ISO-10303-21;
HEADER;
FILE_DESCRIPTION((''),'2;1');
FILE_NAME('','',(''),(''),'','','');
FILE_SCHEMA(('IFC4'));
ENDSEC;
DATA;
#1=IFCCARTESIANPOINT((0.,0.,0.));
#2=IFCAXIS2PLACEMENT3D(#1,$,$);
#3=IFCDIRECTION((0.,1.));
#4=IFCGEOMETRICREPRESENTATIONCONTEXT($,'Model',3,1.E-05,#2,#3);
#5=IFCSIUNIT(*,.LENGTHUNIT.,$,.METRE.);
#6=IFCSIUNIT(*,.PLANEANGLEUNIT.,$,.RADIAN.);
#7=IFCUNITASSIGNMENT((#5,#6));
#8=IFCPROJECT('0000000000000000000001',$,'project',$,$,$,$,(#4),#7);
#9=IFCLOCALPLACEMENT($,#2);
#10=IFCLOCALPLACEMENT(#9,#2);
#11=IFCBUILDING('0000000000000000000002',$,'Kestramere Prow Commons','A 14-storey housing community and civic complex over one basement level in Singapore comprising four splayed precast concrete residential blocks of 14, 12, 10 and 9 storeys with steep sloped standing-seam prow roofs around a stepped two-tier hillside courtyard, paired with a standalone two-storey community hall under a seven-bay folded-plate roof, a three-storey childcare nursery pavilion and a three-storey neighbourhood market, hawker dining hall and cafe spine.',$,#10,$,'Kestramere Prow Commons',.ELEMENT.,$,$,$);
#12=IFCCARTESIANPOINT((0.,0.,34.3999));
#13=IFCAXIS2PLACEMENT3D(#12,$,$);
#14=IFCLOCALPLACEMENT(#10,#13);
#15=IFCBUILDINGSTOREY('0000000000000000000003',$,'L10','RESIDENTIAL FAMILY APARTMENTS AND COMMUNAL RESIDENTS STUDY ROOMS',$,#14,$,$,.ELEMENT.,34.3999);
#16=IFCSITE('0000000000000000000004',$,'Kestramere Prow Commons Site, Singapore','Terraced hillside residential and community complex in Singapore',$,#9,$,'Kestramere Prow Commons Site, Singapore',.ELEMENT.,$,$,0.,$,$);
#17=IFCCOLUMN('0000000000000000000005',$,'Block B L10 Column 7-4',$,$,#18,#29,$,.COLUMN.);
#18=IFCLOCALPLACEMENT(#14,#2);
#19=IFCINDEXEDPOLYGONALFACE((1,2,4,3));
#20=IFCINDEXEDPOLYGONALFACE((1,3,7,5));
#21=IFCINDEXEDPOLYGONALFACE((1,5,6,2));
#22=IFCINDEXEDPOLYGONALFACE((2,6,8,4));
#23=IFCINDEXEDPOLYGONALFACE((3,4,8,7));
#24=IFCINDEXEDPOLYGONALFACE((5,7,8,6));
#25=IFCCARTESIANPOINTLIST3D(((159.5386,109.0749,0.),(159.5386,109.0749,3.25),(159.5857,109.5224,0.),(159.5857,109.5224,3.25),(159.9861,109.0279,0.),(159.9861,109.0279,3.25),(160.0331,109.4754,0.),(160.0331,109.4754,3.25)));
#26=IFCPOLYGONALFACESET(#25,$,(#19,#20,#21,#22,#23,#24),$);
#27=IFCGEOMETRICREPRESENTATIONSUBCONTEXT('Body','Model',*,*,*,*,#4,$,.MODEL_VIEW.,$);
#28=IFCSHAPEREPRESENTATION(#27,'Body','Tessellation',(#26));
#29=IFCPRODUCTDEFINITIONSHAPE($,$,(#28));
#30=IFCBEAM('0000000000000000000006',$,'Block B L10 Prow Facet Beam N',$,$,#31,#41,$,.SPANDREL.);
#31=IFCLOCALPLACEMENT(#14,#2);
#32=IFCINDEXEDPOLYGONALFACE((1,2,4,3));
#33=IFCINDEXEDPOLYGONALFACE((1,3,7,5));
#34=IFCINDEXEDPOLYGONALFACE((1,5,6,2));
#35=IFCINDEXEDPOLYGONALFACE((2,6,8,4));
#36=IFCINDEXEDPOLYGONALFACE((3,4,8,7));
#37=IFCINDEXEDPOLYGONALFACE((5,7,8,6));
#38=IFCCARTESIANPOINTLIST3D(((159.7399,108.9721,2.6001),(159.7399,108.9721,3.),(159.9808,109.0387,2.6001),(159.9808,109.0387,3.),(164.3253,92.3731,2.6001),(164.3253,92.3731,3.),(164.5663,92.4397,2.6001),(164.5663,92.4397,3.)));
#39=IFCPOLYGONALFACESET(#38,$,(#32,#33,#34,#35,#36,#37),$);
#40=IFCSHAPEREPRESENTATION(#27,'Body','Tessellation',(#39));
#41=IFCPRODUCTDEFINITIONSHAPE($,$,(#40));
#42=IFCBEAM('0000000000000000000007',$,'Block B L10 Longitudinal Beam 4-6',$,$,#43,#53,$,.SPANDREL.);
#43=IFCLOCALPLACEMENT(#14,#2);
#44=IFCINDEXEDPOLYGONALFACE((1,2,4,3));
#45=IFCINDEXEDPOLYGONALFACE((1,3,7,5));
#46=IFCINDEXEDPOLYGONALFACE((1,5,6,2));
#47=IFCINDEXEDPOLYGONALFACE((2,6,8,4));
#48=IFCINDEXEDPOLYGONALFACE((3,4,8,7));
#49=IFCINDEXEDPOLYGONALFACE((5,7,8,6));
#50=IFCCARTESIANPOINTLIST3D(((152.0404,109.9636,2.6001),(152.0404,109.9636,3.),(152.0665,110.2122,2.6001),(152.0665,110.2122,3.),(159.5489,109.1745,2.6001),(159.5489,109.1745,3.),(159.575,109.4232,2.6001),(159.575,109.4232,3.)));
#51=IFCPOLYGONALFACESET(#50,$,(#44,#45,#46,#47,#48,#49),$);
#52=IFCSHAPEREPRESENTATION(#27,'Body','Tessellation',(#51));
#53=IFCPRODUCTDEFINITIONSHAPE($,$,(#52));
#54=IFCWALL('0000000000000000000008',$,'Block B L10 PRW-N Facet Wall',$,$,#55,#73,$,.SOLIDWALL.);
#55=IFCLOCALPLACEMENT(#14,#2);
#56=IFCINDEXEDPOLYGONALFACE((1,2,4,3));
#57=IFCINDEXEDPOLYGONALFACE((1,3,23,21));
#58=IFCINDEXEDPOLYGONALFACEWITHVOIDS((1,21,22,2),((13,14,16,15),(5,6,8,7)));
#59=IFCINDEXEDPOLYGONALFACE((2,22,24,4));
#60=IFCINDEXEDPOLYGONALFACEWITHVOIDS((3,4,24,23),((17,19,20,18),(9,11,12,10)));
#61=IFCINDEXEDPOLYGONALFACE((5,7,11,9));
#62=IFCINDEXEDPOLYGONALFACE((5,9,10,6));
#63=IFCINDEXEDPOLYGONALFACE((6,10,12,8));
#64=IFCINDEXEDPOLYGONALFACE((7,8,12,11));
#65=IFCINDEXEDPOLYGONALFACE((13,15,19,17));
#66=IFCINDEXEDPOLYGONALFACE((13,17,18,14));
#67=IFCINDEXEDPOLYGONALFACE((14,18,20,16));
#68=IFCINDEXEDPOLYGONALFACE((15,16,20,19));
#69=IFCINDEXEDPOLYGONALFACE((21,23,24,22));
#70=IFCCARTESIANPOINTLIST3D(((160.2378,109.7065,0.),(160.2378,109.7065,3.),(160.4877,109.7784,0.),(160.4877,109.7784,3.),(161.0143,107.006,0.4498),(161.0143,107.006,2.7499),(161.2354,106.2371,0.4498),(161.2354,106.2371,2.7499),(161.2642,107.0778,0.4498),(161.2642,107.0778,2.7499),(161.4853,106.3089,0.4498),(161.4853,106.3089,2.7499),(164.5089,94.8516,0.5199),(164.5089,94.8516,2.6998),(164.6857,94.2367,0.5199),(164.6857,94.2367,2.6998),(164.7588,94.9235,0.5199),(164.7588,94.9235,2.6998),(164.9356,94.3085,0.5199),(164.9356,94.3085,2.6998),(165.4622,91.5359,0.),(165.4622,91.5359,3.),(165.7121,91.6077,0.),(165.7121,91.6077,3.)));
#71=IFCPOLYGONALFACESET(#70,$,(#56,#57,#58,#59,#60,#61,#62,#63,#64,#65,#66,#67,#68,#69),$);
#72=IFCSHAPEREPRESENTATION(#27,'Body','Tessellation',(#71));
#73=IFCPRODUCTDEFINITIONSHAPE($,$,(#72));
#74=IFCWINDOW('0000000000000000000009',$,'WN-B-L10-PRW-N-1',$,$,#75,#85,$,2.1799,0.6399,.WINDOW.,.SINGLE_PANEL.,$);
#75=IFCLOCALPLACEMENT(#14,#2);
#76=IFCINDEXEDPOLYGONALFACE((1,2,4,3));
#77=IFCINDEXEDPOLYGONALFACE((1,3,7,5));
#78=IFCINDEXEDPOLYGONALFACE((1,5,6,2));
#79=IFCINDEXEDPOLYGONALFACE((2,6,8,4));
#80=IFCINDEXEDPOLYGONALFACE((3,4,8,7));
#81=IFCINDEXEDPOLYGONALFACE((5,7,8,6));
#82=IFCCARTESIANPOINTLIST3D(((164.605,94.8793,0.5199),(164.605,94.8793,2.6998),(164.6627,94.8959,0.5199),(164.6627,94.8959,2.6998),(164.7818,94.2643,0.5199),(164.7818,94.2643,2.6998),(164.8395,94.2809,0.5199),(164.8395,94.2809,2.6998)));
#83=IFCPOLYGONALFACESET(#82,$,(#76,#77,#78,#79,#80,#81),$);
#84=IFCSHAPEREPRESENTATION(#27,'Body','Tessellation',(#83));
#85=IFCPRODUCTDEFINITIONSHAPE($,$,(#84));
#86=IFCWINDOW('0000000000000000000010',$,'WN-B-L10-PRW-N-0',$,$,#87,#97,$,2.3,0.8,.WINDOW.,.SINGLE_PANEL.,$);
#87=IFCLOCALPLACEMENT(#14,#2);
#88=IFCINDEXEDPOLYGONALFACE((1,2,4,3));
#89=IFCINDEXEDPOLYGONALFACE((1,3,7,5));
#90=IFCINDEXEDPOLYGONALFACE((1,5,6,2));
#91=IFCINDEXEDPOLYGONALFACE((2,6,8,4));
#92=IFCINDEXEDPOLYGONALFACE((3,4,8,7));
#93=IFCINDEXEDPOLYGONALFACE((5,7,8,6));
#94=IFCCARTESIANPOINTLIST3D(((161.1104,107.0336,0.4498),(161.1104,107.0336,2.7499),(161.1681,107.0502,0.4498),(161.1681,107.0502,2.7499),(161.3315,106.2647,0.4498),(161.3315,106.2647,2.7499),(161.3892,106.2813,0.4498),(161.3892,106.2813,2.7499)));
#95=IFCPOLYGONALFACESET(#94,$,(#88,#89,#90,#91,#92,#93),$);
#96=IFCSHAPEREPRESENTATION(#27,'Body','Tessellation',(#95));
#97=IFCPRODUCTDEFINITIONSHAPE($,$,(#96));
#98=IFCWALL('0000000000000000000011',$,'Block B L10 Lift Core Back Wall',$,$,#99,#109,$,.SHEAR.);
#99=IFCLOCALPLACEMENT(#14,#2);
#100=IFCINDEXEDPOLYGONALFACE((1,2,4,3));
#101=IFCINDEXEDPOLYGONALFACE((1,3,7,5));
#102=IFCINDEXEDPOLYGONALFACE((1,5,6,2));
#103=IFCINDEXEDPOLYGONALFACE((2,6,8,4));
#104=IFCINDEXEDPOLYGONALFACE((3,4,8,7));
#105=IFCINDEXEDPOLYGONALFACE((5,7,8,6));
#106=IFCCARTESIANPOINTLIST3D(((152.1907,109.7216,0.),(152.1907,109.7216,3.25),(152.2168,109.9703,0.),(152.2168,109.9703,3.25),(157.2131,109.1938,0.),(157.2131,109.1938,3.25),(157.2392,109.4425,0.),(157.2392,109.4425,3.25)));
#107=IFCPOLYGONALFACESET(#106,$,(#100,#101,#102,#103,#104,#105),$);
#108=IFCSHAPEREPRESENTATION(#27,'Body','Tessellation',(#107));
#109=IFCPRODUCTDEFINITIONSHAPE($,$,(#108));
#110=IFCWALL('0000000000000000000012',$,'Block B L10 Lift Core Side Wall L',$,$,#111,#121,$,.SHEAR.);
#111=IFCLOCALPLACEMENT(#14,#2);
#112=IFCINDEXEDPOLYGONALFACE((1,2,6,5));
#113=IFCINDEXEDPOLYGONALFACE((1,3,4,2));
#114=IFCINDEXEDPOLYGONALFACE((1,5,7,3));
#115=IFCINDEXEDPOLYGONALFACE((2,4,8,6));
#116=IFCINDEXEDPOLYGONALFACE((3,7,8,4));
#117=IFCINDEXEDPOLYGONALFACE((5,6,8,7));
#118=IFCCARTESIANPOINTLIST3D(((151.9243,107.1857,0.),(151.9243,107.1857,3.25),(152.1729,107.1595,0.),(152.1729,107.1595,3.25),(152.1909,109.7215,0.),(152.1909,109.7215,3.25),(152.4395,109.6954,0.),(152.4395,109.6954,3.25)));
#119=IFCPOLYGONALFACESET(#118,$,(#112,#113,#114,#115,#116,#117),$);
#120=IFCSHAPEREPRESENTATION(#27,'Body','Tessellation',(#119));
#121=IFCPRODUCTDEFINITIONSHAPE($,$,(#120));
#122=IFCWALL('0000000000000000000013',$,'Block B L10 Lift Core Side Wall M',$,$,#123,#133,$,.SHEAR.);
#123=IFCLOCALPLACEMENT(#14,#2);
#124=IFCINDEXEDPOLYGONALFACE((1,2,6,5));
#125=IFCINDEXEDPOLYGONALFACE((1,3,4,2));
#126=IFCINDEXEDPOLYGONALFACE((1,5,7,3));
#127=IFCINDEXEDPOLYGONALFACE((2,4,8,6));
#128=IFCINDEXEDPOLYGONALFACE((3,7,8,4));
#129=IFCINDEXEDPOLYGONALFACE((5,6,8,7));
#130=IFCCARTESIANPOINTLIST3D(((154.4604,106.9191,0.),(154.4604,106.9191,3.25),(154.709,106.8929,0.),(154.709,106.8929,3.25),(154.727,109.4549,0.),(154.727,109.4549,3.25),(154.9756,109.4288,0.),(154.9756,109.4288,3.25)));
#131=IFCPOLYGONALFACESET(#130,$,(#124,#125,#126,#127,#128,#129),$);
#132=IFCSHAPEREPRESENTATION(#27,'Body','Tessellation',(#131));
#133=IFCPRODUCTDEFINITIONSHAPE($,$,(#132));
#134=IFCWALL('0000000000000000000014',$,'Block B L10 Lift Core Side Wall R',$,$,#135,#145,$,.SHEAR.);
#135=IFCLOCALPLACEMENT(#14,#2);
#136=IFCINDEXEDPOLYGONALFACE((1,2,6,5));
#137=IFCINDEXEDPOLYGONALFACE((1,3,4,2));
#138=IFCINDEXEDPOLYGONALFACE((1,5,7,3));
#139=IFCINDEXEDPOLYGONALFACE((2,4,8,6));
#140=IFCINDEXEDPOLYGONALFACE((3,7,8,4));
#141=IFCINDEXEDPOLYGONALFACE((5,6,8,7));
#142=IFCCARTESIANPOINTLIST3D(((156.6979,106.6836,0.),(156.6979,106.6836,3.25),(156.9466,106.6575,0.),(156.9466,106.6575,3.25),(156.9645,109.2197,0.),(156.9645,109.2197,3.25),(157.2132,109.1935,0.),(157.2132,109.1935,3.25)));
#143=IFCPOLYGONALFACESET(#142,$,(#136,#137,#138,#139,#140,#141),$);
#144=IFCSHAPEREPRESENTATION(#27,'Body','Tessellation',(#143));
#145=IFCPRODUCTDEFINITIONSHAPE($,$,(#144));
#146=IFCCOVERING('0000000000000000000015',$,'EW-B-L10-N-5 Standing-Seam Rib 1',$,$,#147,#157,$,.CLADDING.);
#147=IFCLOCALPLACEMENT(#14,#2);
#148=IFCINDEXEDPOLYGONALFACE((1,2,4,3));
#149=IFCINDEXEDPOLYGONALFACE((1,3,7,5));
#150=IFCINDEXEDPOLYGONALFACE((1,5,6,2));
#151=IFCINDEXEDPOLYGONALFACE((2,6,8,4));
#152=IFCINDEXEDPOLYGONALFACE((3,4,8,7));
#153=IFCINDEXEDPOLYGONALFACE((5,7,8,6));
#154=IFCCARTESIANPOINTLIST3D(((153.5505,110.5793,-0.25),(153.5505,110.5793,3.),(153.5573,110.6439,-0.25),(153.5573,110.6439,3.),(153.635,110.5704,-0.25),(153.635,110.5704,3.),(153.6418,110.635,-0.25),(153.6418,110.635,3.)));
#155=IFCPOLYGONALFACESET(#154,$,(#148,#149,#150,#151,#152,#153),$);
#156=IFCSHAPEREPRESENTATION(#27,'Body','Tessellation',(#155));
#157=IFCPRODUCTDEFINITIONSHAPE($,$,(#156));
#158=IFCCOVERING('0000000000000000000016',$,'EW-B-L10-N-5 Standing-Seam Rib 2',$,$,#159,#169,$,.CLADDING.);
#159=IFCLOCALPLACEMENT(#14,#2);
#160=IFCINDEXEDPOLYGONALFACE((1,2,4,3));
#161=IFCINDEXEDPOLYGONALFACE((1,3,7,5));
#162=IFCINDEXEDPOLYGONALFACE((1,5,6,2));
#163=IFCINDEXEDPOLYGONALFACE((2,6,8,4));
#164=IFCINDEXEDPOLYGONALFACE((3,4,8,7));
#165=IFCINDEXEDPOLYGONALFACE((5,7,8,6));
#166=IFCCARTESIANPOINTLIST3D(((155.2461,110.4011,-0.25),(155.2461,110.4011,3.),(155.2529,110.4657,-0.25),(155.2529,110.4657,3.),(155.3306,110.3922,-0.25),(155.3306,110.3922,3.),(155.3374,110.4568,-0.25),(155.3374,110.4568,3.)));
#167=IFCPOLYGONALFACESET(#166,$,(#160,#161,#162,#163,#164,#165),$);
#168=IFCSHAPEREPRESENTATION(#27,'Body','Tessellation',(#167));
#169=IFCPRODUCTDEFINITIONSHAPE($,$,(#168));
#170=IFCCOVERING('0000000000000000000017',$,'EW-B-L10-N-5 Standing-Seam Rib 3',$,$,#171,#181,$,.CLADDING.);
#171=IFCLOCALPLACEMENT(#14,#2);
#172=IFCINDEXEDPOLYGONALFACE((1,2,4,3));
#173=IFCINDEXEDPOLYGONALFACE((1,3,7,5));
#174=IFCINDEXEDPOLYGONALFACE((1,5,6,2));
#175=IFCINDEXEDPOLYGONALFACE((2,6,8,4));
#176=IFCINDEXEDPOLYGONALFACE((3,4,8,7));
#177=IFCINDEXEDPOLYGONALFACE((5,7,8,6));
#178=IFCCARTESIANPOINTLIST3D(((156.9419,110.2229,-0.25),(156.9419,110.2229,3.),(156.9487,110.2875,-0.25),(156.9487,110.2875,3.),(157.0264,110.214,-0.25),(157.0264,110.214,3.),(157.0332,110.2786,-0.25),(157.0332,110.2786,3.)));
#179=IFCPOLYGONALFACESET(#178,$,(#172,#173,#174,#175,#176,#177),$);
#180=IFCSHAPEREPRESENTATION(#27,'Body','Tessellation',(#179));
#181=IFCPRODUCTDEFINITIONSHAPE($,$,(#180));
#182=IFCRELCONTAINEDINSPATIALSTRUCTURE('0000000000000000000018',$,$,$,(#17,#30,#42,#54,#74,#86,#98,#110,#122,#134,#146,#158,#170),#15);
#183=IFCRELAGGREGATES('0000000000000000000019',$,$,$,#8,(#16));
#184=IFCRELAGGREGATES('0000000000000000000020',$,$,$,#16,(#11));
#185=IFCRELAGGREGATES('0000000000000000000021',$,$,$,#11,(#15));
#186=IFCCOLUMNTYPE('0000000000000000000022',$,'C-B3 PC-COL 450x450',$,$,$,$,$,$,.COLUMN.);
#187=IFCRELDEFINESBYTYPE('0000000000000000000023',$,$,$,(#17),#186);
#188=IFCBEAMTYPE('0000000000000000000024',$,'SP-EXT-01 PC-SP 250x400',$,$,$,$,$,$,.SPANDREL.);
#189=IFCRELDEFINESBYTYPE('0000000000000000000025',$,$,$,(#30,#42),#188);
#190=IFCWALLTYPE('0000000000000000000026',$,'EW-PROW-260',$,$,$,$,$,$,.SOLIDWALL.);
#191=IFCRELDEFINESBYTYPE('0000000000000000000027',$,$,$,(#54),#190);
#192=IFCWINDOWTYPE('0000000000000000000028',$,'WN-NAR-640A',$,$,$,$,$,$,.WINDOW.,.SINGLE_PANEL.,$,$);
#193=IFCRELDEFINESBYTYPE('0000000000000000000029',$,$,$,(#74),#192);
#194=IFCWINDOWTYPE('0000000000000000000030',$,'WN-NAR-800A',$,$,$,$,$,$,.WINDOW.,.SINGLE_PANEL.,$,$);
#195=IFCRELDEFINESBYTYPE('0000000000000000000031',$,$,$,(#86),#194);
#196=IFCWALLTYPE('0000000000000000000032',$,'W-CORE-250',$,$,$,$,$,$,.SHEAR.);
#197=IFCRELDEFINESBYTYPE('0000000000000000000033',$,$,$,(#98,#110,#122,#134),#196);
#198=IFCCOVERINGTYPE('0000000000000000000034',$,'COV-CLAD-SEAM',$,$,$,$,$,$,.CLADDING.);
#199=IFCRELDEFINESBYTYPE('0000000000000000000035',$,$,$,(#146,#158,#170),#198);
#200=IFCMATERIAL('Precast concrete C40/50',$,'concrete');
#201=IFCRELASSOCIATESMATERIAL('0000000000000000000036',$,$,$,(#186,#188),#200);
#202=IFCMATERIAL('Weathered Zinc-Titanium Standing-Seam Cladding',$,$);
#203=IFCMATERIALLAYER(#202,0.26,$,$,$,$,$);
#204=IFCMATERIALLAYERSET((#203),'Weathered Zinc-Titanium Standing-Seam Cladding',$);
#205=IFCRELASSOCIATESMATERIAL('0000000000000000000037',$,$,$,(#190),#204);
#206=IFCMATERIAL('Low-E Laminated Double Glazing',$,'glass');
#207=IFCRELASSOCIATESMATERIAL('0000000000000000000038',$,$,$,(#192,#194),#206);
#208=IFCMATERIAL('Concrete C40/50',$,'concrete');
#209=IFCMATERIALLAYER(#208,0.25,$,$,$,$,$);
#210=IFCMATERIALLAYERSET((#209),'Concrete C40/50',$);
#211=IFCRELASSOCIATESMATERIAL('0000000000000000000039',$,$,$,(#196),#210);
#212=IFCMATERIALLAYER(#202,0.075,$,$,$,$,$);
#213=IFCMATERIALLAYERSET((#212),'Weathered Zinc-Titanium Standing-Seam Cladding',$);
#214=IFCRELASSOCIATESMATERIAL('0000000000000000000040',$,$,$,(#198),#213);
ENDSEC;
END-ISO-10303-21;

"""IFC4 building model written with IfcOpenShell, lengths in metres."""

from ifc_helpers import new_model, si_unit, direction, frame, frame_2d, origin, origin_2d, place, context, subcontext, project, spatial, rectangle, extrude, material, layer, layer_set, material_profile, profile_set, type_object, element, fill, save


model = new_model("IFC4")

# Units and contexts
model_context = context("Model", 3, precision=1e-05, world=origin(), true_north=direction((0.0, 1.0)))
body_context = subcontext(model_context, "Body", "Model", "MODEL_VIEW")
ifc_project = project(units=[si_unit("LENGTHUNIT", "METRE"), si_unit("PLANEANGLEUNIT", "RADIAN")], contexts=[model_context])

# Site, building, storey
site_placement = place(None, origin())
site = spatial("IfcSite", under=ifc_project, at=site_placement, Name="Kestramere Prow Commons Site, Singapore", Description="Terraced hillside residential and community complex in Singapore", LongName="Kestramere Prow Commons Site, Singapore", CompositionType="ELEMENT", RefElevation=0.0)
building_placement = place(site_placement, origin())
building = spatial("IfcBuilding", under=site, at=building_placement, Name="Kestramere Prow Commons", Description="A 14-storey housing community and civic complex over one basement level in Singapore comprising four splayed precast concrete residential blocks of 14, 12, 10 and 9 storeys with steep sloped standing-seam prow roofs around a stepped two-tier hillside courtyard, paired with a standalone two-storey community hall under a seven-bay folded-plate roof, a three-storey childcare nursery pavilion and a three-storey neighbourhood market, hawker dining hall and cafe spine.", LongName="Kestramere Prow Commons", CompositionType="ELEMENT")
storey_placement = place(building_placement, frame((0.0, 0.0, 34.3999)))
storey = spatial("IfcBuildingStorey", under=building, at=storey_placement, Name="L10", Description="RESIDENTIAL FAMILY APARTMENTS AND COMMUNAL RESIDENTS STUDY ROOMS", CompositionType="ELEMENT", Elevation=34.3999)

# Column
ifc_material_1 = material(Name="Precast concrete C40/50", Category="concrete")
ifc_material_profile_1 = material_profile(ifc_material_1, rectangle(XDim=0.45, YDim=0.45, at=origin_2d()), Name="PC-COL 450x450")
ifc_profile_set_1 = profile_set([ifc_material_profile_1], Name="Precast concrete C40/50")
column_type = type_object("IfcColumnType", Name="C-B3 PC-COL 450x450", PredefinedType="COLUMN", material=ifc_profile_set_1)
column_placement = place(storey_placement, frame((159.7859, 109.2751, 0.0), z_axis=(0.0, 0.0, 1.0), x_axis=(0.994522, -0.104528, 0.0)))
element("IfcColumn", 1, at=column_placement, inside=storey, type_object=column_type, Name="Block B L10 Column 7-4", PredefinedType="COLUMN", context=body_context, shape_type="SweptSolid", body=[
    extrude(rectangle(XDim=0.45, YDim=0.45, at=origin_2d()), origin(), (0.0, 0.0, 1.0), 3.25),
])

# Beams
ifc_material_profile_2 = material_profile(ifc_material_1, rectangle(XDim=0.25, YDim=0.3999, at=origin_2d()), Name="PC-SP 250x400")
ifc_profile_set_2 = profile_set([ifc_material_profile_2], Name="Precast concrete C40/50")
beam_type = type_object("IfcBeamType", Name="SP-EXT-01 PC-SP 250x400", PredefinedType="SPANDREL", material=ifc_profile_set_2)
beam_1_placement = place(storey_placement, frame((159.8604, 109.0054, 2.8), z_axis=(0.266277, -0.963897, 0.0), x_axis=(0.963897, 0.266277, 0.0)))
element("IfcBeam", 2, at=beam_1_placement, inside=storey, type_object=beam_type, Name="Block B L10 Prow Facet Beam N", PredefinedType="SPANDREL", context=body_context, shape_type="SweptSolid", body=[
    extrude(rectangle(XDim=0.25, YDim=0.3999, at=origin_2d()), origin(), (0.0, 0.0, 1.0), 17.2207),
])
beam_2_placement = place(storey_placement, frame((152.0535, 110.0879, 2.8), z_axis=(0.994524, -0.104513, 0.0), x_axis=(0.104513, 0.994524, 0.0)))
element("IfcBeam", 3, at=beam_2_placement, inside=storey, type_object=beam_type, Name="Block B L10 Longitudinal Beam 4-6", PredefinedType="SPANDREL", context=body_context, shape_type="SweptSolid", body=[
    extrude(rectangle(XDim=0.25, YDim=0.3999, at=origin_2d()), origin(), (0.0, 0.0, 1.0), 7.5498),
])

# Wall, openings, windows
ifc_material_2 = material(Name="Weathered Zinc-Titanium Standing-Seam Cladding")
ifc_layer_1 = layer(ifc_material_2, 0.26)
ifc_layer_set_1 = layer_set([ifc_layer_1], Name="Weathered Zinc-Titanium Standing-Seam Cladding")
wall_type_1 = type_object("IfcWallType", Name="EW-PROW-260", PredefinedType="SOLIDWALL", material=ifc_layer_set_1)
wall_1_placement = place(storey_placement, frame((160.3628, 109.7424, 0.0), z_axis=(0.0, 0.0, 1.0), x_axis=(0.276322, -0.961065, 0.0)))
wall_1 = element("IfcWall", 4, at=wall_1_placement, inside=storey, type_object=wall_type_1, Name="Block B L10 PRW-N Facet Wall", PredefinedType="SOLIDWALL", context=body_context, shape_type="SweptSolid", body=[
    extrude(rectangle(XDim=18.9067, YDim=0.26, at=frame_2d((9.4534, 0.0))), origin(), (0.0, 0.0, 1.0), 3.0),
])
opening_1_placement = place(wall_1_placement, frame((2.8101, 0.0, 0.45)))
opening_1 = element("IfcOpeningElement", 5, at=opening_1_placement, cuts=wall_1, PredefinedType="OPENING", context=body_context, shape_type="SweptSolid", body=[
    extrude(rectangle(XDim=0.8, YDim=2.3, at=frame_2d((0.3999, 1.1499))), frame((0.0, 0.145, 0.0), z_axis=(0.0, -1.0, 0.0), x_axis=(1.0, 0.0, 0.0)), (0.0, 0.0, 1.0), 0.29),
])
opening_2_placement = place(wall_1_placement, frame((15.4568, 0.0, 0.52)))
opening_2 = element("IfcOpeningElement", 6, at=opening_2_placement, cuts=wall_1, PredefinedType="OPENING", context=body_context, shape_type="SweptSolid", body=[
    extrude(rectangle(XDim=0.6399, YDim=2.1799, at=frame_2d((0.3198, 1.0898))), frame((0.0, 0.145, 0.0), z_axis=(0.0, -1.0, 0.0), x_axis=(1.0, 0.0, 0.0)), (0.0, 0.0, 1.0), 0.29),
])
ifc_material_3 = material(Name="Low-E Laminated Double Glazing", Category="glass")
window_type_1 = type_object("IfcWindowType", Name="WN-NAR-640A", PartitioningType="SINGLE_PANEL", PredefinedType="WINDOW", material=ifc_material_3)
window_1_placement = place(opening_2_placement, origin())
window_1 = element("IfcWindow", 7, at=window_1_placement, inside=storey, type_object=window_type_1, Name="WN-B-L10-PRW-N-1", OverallHeight=2.1799, OverallWidth=0.6399, PartitioningType="SINGLE_PANEL", PredefinedType="WINDOW", context=body_context, shape_type="SweptSolid", body=[
    extrude(rectangle(XDim=0.6399, YDim=2.1799, at=frame_2d((0.3198, 1.0898))), frame((0.0, 0.03, 0.0), z_axis=(0.0, -1.0, 0.0), x_axis=(1.0, 0.0, 0.0)), (0.0, 0.0, 1.0), 0.0601),
])
fill(opening_2, window_1)
window_type_2 = type_object("IfcWindowType", Name="WN-NAR-800A", PartitioningType="SINGLE_PANEL", PredefinedType="WINDOW", material=ifc_material_3)
window_2_placement = place(opening_1_placement, origin())
window_2 = element("IfcWindow", 8, at=window_2_placement, inside=storey, type_object=window_type_2, Name="WN-B-L10-PRW-N-0", OverallHeight=2.3, OverallWidth=0.8, PartitioningType="SINGLE_PANEL", PredefinedType="WINDOW", context=body_context, shape_type="SweptSolid", body=[
    extrude(rectangle(XDim=0.8, YDim=2.3, at=frame_2d((0.3999, 1.1499))), frame((0.0, 0.03, 0.0), z_axis=(0.0, -1.0, 0.0), x_axis=(1.0, 0.0, 0.0)), (0.0, 0.0, 1.0), 0.0601),
])
fill(opening_1, window_2)

# Wall
ifc_material_4 = material(Name="Concrete C40/50", Category="concrete")
ifc_layer_2 = layer(ifc_material_4, 0.25)
ifc_layer_set_2 = layer_set([ifc_layer_2], Name="Concrete C40/50")
wall_type_2 = type_object("IfcWallType", Name="W-CORE-250", PredefinedType="SHEAR", material=ifc_layer_set_2)
wall_2_placement = place(storey_placement, frame((152.2039, 109.8459, 0.0), z_axis=(0.0, 0.0, 1.0), x_axis=(0.994523, -0.104519, 0.0)))
element("IfcWall", 9, at=wall_2_placement, inside=storey, type_object=wall_type_2, Name="Block B L10 Lift Core Back Wall", PredefinedType="SHEAR", context=body_context, shape_type="SweptSolid", body=[
    extrude(rectangle(XDim=5.05, YDim=0.25, at=frame_2d((2.5249, 0.0))), origin(), (0.0, 0.0, 1.0), 3.25),
])

# Walls
for number, where, z_axis, x_axis, name in (
    (10, (152.0486, 107.1726, 0.0), (0.0, 0.0, 1.0), (0.104555, 0.994519, 0.0), "Block B L10 Lift Core Side Wall L"),
    (11, (154.5847, 106.906, 0.0), (0.0, 0.0, 1.0), (0.104555, 0.994519, 0.0), "Block B L10 Lift Core Side Wall M"),
):
    element("IfcWall", number, at=place(storey_placement, frame(where, z_axis=z_axis, x_axis=x_axis)), inside=storey, type_object=wall_type_2, Name=name, PredefinedType="SHEAR", context=body_context, shape_type="SweptSolid", body=[
        extrude(rectangle(XDim=2.5498, YDim=0.25, at=frame_2d((1.2749, 0.0))), origin(), (0.0, 0.0, 1.0), 3.25),
    ])
wall_3_placement = place(storey_placement, frame((156.8223, 106.6707, 0.0), z_axis=(0.0, 0.0, 1.0), x_axis=(0.104545, 0.99452, 0.0)))
element("IfcWall", 12, at=wall_3_placement, inside=storey, type_object=wall_type_2, Name="Block B L10 Lift Core Side Wall R", PredefinedType="SHEAR", context=body_context, shape_type="SweptSolid", body=[
    extrude(rectangle(XDim=2.55, YDim=0.25, at=frame_2d((1.2749, 0.0))), origin(), (0.0, 0.0, 1.0), 3.25),
])

# Coverings
ifc_layer_3 = layer(ifc_material_2, 0.075)
ifc_layer_set_3 = layer_set([ifc_layer_3], Name="Weathered Zinc-Titanium Standing-Seam Cladding")
covering_type = type_object("IfcCoveringType", Name="COV-CLAD-SEAM", PredefinedType="CLADDING", material=ifc_layer_set_3)
for number, where, z_axis, x_axis, name in (
    (13, (153.5962, 110.6072, -0.25), (0.0, 0.0, 1.0), (0.994522, -0.104528, 0.0), "EW-B-L10-N-5 Standing-Seam Rib 1"),
    (14, (155.2917, 110.429, -0.25), (0.0, 0.0, 1.0), (0.994522, -0.104528, 0.0), "EW-B-L10-N-5 Standing-Seam Rib 2"),
    (15, (156.9875, 110.2507, -0.25), (0.0, 0.0, 1.0), (0.994522, -0.104528, 0.0), "EW-B-L10-N-5 Standing-Seam Rib 3"),
):
    element("IfcCovering", number, at=place(storey_placement, frame(where, z_axis=z_axis, x_axis=x_axis)), inside=storey, type_object=covering_type, Name=name, PredefinedType="CLADDING", context=body_context, shape_type="SweptSolid", body=[
        extrude(rectangle(XDim=0.085, YDim=0.0649, at=origin_2d()), origin(), (0.0, 0.0, 1.0), 3.25),
    ])

save(model, "model.ifc")
